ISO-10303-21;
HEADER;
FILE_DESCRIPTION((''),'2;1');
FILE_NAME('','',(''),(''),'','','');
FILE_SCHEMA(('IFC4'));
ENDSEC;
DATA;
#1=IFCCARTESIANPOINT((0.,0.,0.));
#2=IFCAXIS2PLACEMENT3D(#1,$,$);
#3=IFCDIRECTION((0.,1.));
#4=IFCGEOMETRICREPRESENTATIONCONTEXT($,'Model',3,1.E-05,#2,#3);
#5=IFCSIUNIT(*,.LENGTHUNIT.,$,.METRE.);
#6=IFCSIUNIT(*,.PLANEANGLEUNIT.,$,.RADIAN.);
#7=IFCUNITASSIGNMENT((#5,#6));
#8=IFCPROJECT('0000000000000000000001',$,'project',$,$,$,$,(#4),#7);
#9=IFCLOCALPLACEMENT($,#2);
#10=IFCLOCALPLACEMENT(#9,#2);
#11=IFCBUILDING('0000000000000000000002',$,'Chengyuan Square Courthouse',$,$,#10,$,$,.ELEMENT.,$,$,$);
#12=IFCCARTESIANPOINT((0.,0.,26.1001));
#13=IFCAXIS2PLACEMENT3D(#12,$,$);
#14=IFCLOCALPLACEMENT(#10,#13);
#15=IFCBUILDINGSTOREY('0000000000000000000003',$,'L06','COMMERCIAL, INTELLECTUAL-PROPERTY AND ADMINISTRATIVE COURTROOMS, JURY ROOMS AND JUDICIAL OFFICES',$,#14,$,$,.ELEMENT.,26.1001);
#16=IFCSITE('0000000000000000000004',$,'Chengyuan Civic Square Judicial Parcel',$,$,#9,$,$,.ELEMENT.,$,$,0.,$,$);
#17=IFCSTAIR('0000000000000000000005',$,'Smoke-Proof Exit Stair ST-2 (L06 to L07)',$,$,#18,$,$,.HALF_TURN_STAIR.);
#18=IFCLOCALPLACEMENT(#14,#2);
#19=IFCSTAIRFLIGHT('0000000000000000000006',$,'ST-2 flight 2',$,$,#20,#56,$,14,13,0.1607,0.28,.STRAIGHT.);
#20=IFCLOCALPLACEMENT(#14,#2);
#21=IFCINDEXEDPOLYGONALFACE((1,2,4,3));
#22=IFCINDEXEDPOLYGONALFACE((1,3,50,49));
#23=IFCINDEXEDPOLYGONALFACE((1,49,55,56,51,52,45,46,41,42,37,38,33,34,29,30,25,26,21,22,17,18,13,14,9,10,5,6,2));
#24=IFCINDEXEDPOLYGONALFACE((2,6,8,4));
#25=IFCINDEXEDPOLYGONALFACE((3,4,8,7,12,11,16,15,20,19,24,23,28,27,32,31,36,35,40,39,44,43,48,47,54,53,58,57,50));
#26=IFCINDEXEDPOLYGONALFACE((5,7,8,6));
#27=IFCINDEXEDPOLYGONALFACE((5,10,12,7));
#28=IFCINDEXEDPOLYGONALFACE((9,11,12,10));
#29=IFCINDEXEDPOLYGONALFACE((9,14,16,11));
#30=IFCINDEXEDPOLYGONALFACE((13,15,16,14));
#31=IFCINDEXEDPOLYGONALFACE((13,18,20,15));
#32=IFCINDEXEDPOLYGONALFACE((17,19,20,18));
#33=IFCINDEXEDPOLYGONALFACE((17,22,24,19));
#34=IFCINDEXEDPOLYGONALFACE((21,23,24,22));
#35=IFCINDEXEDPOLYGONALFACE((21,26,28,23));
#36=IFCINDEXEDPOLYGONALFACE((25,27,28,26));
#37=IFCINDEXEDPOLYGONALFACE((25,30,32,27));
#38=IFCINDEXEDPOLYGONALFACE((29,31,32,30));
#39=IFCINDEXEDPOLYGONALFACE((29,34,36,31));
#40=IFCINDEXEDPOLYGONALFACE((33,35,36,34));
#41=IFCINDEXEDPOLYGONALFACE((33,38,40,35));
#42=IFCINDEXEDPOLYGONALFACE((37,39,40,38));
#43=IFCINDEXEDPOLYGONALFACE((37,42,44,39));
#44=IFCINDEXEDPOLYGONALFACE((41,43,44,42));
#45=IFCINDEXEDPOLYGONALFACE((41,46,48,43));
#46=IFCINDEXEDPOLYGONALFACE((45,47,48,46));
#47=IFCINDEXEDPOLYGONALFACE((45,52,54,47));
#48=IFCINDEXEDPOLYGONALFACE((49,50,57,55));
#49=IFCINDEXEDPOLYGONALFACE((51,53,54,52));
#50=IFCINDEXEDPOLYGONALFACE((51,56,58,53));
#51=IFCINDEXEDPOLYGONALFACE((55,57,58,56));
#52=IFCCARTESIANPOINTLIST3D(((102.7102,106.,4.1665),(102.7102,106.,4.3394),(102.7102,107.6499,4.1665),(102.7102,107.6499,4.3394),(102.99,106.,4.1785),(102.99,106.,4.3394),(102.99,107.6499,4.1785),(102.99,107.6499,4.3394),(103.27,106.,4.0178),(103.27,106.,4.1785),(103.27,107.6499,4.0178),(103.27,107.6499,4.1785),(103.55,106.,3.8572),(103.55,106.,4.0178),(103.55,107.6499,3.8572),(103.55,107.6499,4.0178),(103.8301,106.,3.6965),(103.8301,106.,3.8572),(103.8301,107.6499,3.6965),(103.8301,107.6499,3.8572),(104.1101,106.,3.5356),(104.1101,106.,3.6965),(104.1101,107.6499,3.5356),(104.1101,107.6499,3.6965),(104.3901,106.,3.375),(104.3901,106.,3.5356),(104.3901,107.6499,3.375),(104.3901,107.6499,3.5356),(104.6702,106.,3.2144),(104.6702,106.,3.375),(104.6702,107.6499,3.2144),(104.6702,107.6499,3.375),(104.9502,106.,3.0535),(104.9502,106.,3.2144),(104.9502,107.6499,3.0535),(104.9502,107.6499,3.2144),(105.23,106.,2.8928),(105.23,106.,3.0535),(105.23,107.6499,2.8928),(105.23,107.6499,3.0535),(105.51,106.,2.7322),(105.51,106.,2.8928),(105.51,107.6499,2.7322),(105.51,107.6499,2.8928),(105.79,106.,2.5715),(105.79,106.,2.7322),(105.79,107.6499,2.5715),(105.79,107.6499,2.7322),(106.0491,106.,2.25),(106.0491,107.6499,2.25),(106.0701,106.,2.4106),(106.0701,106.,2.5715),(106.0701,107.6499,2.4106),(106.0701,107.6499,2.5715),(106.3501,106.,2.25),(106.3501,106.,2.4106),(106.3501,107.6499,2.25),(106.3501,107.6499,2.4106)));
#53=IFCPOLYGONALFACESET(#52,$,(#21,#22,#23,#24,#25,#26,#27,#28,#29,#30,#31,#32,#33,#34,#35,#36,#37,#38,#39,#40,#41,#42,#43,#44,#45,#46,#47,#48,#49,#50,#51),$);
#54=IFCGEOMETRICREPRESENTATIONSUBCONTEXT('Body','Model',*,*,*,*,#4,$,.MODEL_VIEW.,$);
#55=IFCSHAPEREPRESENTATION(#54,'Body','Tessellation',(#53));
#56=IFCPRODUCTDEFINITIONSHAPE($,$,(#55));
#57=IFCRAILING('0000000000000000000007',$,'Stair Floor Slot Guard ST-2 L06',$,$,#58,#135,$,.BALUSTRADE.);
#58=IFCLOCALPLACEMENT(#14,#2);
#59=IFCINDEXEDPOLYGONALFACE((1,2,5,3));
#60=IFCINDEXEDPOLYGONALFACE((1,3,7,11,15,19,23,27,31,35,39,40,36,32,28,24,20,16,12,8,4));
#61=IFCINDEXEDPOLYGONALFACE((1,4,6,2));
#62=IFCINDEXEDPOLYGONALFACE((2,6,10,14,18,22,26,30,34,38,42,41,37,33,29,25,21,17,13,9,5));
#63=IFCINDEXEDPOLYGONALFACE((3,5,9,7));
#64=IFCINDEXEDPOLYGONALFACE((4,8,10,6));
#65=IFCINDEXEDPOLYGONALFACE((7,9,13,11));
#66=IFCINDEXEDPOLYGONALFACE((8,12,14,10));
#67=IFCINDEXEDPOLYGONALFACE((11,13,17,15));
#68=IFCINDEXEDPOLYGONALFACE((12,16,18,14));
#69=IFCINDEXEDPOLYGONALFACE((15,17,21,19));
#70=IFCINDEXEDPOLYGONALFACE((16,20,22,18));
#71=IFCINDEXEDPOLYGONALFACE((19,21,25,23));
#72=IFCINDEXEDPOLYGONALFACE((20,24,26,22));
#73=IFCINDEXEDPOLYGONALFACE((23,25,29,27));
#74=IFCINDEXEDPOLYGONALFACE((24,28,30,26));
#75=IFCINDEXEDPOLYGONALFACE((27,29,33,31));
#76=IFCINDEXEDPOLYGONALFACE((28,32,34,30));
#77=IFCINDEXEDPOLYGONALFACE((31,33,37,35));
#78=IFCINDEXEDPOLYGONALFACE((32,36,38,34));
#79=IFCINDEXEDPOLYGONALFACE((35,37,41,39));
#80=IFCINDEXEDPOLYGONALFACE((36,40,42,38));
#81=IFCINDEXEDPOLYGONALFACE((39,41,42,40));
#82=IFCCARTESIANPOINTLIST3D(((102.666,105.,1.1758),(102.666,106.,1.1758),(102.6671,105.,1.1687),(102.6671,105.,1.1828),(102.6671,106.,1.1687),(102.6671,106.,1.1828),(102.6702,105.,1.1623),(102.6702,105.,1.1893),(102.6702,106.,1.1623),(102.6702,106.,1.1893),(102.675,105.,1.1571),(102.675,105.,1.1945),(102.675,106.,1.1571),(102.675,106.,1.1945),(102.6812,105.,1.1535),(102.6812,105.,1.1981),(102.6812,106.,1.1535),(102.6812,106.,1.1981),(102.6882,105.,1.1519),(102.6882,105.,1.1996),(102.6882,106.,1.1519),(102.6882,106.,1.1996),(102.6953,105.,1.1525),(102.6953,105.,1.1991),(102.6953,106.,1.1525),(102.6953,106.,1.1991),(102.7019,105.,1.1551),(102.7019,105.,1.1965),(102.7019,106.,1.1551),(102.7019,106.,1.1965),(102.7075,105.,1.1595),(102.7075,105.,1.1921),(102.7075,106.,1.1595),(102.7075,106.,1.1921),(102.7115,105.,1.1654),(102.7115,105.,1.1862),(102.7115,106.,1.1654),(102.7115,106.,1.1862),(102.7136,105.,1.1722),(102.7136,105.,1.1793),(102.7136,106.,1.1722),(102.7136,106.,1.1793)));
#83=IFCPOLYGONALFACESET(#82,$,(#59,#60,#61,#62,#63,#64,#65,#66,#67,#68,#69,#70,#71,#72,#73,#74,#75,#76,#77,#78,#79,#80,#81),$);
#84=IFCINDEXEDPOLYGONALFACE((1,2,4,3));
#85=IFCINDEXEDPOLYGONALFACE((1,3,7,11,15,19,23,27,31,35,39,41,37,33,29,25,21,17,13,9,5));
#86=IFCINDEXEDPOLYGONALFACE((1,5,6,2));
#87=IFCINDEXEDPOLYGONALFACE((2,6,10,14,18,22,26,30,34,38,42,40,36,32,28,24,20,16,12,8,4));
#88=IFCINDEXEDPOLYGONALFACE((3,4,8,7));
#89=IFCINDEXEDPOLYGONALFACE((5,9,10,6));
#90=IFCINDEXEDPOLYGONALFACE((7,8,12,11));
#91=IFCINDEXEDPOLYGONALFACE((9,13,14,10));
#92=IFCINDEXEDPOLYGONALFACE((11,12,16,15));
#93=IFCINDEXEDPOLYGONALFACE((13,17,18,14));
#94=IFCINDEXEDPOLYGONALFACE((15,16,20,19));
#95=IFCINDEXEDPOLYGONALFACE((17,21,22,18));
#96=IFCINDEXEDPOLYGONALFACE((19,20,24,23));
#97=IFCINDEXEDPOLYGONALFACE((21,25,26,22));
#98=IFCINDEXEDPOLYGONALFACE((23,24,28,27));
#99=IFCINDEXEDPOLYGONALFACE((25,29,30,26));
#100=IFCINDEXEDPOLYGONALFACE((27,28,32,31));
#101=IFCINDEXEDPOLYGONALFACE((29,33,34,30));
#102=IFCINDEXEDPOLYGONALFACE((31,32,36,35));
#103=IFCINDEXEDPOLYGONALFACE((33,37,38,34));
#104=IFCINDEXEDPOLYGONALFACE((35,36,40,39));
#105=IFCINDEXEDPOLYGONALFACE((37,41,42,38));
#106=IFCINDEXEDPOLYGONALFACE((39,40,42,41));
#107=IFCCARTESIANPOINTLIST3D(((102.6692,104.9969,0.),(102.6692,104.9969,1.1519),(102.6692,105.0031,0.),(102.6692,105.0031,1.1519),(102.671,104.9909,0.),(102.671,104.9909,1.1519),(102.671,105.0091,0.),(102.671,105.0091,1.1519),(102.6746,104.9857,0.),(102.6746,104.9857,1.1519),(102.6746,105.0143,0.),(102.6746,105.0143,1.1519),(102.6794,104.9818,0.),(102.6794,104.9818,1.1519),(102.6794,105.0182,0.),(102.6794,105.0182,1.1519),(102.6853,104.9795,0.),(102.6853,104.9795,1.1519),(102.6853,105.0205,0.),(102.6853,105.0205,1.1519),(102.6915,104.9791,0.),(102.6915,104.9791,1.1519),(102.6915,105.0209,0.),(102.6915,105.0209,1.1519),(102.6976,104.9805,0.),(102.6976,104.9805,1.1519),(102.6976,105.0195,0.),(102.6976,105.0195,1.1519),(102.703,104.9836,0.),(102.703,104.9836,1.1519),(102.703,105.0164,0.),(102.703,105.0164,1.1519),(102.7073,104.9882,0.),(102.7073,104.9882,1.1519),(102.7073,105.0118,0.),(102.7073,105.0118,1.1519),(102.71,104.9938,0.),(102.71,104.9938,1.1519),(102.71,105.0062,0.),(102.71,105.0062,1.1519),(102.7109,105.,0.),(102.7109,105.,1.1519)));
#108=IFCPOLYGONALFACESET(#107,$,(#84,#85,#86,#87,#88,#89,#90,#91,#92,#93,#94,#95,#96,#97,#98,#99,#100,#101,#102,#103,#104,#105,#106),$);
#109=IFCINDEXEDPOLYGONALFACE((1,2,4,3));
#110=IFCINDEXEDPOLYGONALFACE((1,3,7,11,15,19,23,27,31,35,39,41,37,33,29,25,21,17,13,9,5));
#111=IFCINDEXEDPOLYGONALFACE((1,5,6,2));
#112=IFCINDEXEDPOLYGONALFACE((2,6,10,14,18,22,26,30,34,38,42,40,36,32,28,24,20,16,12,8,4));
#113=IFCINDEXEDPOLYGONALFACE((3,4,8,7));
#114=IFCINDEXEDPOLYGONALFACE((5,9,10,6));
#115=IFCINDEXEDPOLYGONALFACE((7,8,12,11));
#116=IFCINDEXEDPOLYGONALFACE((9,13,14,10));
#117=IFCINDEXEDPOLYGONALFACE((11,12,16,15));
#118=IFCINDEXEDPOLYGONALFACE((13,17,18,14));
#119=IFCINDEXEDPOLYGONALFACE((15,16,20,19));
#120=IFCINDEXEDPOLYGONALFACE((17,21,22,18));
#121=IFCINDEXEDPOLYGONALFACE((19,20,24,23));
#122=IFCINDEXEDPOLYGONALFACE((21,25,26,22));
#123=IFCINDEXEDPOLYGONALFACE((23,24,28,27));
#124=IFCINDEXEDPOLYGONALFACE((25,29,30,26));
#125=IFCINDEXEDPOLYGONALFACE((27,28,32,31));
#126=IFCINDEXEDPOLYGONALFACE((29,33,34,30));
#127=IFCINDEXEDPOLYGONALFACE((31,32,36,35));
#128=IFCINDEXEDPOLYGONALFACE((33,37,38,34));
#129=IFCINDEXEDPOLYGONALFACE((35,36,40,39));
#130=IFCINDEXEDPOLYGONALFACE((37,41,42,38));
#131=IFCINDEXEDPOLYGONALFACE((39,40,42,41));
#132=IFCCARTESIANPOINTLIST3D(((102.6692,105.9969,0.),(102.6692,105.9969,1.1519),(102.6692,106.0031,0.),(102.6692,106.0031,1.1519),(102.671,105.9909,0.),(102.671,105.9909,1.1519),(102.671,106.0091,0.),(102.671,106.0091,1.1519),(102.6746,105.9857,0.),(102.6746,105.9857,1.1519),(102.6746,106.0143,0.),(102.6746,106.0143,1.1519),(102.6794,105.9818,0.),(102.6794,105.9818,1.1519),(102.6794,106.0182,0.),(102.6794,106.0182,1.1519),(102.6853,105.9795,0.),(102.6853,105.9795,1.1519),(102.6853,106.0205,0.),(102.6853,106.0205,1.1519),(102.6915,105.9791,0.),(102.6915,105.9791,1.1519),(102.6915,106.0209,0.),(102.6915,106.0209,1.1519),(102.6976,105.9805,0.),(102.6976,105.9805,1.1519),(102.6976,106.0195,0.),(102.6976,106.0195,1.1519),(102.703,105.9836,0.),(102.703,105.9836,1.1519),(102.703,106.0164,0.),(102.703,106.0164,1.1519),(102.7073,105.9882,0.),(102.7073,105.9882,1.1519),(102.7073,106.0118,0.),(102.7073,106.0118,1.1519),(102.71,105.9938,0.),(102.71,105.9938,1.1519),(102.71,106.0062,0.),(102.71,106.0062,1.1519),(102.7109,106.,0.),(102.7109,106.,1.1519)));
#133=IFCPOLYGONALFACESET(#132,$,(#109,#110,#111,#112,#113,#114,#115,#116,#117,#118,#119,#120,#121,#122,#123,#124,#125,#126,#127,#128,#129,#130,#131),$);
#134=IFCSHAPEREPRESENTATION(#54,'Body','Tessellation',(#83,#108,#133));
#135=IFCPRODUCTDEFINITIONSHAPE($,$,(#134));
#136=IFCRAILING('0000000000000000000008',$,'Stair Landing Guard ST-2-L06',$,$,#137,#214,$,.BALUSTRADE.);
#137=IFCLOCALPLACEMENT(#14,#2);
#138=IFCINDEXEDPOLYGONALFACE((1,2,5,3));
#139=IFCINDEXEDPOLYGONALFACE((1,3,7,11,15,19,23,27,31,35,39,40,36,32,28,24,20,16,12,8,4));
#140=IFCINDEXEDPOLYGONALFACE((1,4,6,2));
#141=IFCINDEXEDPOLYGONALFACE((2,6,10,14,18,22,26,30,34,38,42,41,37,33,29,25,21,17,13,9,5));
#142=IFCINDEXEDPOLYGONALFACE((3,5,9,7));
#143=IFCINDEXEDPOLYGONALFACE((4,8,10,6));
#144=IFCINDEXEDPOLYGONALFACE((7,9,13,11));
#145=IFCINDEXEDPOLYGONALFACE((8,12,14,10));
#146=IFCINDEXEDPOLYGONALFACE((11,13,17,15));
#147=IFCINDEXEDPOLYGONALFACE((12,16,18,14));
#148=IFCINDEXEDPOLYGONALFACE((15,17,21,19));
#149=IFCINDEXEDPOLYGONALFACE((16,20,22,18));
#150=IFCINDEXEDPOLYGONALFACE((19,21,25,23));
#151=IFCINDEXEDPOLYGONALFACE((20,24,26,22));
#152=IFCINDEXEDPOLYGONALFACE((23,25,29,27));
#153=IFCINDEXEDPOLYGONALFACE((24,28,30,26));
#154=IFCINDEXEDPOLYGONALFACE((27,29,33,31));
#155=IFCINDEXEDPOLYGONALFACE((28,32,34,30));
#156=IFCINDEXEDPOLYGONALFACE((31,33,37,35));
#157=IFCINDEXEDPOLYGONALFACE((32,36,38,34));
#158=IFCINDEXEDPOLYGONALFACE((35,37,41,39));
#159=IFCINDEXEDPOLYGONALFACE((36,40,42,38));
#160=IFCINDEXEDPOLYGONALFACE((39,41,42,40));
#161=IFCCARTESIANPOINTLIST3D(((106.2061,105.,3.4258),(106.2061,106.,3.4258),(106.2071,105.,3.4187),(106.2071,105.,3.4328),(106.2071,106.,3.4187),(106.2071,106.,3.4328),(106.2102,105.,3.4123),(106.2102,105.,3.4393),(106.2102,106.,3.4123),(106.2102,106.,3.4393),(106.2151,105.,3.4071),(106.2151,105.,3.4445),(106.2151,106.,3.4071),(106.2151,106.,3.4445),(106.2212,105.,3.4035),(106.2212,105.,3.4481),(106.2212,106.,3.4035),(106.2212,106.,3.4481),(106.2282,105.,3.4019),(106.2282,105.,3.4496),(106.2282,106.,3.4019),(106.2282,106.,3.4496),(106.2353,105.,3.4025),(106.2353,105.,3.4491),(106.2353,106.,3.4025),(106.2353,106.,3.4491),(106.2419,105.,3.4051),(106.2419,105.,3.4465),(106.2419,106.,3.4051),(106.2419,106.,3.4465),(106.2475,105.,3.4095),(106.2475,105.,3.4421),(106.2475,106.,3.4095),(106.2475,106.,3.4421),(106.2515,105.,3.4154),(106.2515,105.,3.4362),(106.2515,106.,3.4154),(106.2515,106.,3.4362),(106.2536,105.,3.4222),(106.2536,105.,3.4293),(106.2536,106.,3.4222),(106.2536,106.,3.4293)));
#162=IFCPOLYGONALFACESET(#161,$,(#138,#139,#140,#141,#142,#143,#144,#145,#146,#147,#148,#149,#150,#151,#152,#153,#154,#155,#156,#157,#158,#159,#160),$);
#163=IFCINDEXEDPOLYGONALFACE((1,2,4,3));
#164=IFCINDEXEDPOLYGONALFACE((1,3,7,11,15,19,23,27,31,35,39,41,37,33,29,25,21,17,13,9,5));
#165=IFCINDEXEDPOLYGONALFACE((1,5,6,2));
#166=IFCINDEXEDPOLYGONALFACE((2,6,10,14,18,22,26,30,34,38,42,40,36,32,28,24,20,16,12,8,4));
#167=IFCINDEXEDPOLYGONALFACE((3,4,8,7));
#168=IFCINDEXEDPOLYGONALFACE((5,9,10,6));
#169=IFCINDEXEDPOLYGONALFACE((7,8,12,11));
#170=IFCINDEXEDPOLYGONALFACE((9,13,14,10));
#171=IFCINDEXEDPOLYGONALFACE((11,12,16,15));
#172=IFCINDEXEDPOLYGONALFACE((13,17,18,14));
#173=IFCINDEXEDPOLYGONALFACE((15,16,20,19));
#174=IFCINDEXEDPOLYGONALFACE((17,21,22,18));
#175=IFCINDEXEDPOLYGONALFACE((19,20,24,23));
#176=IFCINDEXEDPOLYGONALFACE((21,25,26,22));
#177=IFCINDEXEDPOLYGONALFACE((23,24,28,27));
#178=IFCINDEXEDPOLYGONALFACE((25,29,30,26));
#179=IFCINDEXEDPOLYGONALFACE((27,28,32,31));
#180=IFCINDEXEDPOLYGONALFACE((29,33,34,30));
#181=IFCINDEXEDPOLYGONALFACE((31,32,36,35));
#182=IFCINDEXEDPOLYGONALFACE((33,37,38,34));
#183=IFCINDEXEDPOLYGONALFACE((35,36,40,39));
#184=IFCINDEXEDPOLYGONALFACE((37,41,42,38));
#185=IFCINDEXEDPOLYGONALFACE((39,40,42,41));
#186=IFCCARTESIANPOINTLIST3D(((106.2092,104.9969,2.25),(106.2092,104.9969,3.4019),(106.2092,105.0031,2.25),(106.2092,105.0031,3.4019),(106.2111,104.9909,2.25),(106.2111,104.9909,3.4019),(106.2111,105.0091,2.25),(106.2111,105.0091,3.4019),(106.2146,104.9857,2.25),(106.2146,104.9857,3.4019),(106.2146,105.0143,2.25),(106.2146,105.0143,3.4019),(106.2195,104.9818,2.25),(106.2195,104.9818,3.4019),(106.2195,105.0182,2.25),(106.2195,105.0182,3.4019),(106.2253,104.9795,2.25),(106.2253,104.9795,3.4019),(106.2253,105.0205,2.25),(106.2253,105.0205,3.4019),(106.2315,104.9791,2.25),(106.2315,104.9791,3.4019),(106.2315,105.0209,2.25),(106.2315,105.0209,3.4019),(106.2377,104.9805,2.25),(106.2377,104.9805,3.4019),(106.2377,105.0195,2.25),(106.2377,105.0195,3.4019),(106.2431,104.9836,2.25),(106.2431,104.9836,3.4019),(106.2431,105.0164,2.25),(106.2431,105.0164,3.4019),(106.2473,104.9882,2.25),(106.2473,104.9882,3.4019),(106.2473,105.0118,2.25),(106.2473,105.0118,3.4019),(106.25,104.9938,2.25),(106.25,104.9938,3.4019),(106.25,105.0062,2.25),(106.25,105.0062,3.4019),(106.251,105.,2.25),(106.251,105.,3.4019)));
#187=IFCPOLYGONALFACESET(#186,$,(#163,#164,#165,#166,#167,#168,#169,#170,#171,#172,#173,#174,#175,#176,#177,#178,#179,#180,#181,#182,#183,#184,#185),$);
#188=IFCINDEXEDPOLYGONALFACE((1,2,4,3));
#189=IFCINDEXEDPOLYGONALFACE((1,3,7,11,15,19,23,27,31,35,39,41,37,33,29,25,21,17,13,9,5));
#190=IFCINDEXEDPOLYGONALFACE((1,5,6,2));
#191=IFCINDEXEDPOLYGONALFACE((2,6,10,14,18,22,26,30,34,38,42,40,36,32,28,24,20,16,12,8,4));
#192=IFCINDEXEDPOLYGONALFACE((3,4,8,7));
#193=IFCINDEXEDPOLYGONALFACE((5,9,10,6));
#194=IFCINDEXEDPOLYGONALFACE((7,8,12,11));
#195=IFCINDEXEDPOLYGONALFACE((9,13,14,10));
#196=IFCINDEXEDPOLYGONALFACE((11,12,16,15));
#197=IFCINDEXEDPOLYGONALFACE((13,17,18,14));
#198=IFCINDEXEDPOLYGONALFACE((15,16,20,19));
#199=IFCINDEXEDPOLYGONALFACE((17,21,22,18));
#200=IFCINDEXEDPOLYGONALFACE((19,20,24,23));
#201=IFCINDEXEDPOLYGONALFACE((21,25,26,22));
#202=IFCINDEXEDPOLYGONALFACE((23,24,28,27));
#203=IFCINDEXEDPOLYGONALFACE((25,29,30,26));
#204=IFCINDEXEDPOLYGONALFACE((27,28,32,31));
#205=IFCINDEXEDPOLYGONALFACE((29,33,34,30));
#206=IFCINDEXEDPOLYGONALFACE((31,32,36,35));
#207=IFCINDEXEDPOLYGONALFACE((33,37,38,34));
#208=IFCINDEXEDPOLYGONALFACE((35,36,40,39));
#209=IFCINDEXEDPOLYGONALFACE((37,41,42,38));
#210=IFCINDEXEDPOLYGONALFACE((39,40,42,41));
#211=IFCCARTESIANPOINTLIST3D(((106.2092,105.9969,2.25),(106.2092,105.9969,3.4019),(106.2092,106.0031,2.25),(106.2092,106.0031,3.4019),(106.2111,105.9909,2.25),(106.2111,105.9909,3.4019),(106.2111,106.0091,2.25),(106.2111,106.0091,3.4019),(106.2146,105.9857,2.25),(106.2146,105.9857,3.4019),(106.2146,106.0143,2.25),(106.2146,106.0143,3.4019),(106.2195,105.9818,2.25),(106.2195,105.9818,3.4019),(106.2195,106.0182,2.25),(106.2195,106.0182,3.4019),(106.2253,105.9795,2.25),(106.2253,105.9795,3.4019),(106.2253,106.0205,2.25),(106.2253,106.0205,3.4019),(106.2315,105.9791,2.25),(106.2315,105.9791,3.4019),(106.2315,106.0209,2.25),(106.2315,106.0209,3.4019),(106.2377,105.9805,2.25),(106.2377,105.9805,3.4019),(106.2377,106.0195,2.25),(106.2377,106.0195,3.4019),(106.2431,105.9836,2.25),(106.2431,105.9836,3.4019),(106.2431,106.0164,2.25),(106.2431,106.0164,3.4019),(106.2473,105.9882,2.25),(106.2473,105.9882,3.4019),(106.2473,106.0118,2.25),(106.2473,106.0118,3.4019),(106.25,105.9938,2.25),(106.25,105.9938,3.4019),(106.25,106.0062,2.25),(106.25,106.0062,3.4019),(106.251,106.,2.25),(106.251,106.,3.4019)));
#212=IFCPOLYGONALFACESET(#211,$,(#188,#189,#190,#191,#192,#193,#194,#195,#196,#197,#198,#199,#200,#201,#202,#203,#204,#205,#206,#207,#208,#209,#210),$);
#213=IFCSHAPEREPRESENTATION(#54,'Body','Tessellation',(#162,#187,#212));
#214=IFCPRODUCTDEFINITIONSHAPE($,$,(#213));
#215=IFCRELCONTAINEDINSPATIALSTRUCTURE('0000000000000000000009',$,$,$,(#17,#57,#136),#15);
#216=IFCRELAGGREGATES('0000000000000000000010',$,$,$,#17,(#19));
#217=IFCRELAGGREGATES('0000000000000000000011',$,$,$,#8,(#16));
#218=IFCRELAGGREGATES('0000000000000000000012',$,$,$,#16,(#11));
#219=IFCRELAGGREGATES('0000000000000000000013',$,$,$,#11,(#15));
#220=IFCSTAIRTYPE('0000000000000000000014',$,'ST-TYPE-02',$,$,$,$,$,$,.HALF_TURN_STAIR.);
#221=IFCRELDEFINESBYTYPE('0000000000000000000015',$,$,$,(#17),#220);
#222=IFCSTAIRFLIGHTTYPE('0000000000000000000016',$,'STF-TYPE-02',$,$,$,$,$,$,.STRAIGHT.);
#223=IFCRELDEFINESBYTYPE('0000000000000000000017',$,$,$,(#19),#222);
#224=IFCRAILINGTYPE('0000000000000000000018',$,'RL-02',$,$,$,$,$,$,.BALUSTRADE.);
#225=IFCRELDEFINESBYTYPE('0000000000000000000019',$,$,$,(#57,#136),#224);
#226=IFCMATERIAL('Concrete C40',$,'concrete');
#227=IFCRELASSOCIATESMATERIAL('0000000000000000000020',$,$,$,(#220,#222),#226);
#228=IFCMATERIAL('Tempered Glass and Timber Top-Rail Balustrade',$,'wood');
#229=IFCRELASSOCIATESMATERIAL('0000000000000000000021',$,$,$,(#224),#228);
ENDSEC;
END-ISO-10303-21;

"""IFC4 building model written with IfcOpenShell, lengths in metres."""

from ifc_helpers import new_model, si_unit, direction, frame, origin, origin_2d, place, context, subcontext, project, spatial, polyline, circle, outline, extrude, material, type_object, element, aggregate, save


model = new_model("IFC4")

# Units and contexts
model_context = context("Model", 3, precision=1e-05, world=origin(), true_north=direction((0.0, 1.0)))
body_context = subcontext(model_context, "Body", "Model", "MODEL_VIEW")
ifc_project = project(units=[si_unit("LENGTHUNIT", "METRE"), si_unit("PLANEANGLEUNIT", "RADIAN")], contexts=[model_context])

# Site, building, storey
site_placement = place(None, origin())
site = spatial("IfcSite", under=ifc_project, at=site_placement, Name="Chengyuan Civic Square Judicial Parcel", CompositionType="ELEMENT", RefElevation=0.0)
building_placement = place(site_placement, origin())
building = spatial("IfcBuilding", under=site, at=building_placement, Name="Chengyuan Square Courthouse", CompositionType="ELEMENT")
storey_placement = place(building_placement, frame((0.0, 0.0, 26.1001)))
storey = spatial("IfcBuildingStorey", under=building, at=storey_placement, Name="L06", Description="COMMERCIAL, INTELLECTUAL-PROPERTY AND ADMINISTRATIVE COURTROOMS, JURY ROOMS AND JUDICIAL OFFICES", CompositionType="ELEMENT", Elevation=26.1001)

# Shared definitions
ifc_material_1 = material(Name="Concrete C40", Category="concrete")

# Stair, stair flight
stair_type = type_object("IfcStairType", Name="ST-TYPE-02", PredefinedType="HALF_TURN_STAIR", material=ifc_material_1)
stair_placement = place(storey_placement, origin())
stair = element("IfcStair", 1, at=stair_placement, inside=storey, type_object=stair_type, Name="Smoke-Proof Exit Stair ST-2 (L06 to L07)", PredefinedType="HALF_TURN_STAIR")
stair_flight_type = type_object("IfcStairFlightType", Name="STF-TYPE-02", PredefinedType="STRAIGHT", material=ifc_material_1)
stair_flight_placement = place(storey_placement, frame((106.3501, 106.825, 2.25), z_axis=(0.0, 0.0, 1.0), x_axis=(-1.0, 0.0, 0.0)))
stair_flight = element("IfcStairFlight", 2, at=stair_flight_placement, type_object=stair_flight_type, Name="ST-2 flight 2", NumberOfRisers=14, NumberOfTreads=13, PredefinedType="STRAIGHT", RiserHeight=0.1607, TreadLength=0.28, context=body_context, shape_type="SweptSolid", body=[
    extrude(outline(polyline([(0.0, 0.0), (0.0, 0.1606), (0.28, 0.1606), (0.28, 0.3215), (0.5601, 0.3215), (0.5601, 0.4822), (0.8401, 0.4822), (0.8401, 0.6428), (1.1201, 0.6428), (1.1201, 0.8035), (1.3999, 0.8035), (1.3999, 0.9644), (1.6799, 0.9644), (1.6799, 1.125), (1.96, 1.125), (1.96, 1.2856), (2.24, 1.2856), (2.24, 1.4465), (2.52, 1.4465), (2.52, 1.6072), (2.8, 1.6072), (2.8, 1.7678), (3.0801, 1.7678), (3.0801, 1.9285), (3.3601, 1.9285), (3.3601, 2.0894), (3.6399, 2.0894), (3.6399, 2.25), (3.6399, 1.9165), (0.301, 0.0), (0.0, 0.0)])), frame((0.0, 0.825, 0.0), z_axis=(0.0, -1.0, 0.0), x_axis=(1.0, 0.0, 0.0)), (0.0, 0.0, 1.0), 1.6499),
])
aggregate(stair, [stair_flight])

# Railings
ifc_material_2 = material(Name="Tempered Glass and Timber Top-Rail Balustrade", Category="wood")
railing_type_1 = type_object("IfcRailingType", Name="RL-02", PredefinedType="BALUSTRADE", material=ifc_material_2)
for number, where, name in (
    (3, (102.6899, 105.0, 0.0), "Stair Floor Slot Guard ST-2 L06"),
    (4, (106.23, 105.0, 2.25), "Stair Landing Guard ST-2-L06"),
):
    element("IfcRailing", number, at=place(storey_placement, frame(where)), inside=storey, type_object=railing_type_1, Name=name, PredefinedType="BALUSTRADE", context=body_context, shape_type="SweptSolid", body=[
        extrude(circle(Radius=0.0239, at=origin_2d()), frame((0.0, 0.0, 1.1758), z_axis=(0.0, 1.0, 0.0), x_axis=(-1.0, 0.0, 0.0)), (0.0, 0.0, 1.0), 1.0),
        extrude(circle(Radius=0.021, at=origin_2d()), origin(), (0.0, 0.0, 1.0), 1.1519),
        extrude(circle(Radius=0.021, at=origin_2d()), frame((0.0, 1.0, 0.0)), (0.0, 0.0, 1.0), 1.1519),
    ])

save(model, "model.ifc")
